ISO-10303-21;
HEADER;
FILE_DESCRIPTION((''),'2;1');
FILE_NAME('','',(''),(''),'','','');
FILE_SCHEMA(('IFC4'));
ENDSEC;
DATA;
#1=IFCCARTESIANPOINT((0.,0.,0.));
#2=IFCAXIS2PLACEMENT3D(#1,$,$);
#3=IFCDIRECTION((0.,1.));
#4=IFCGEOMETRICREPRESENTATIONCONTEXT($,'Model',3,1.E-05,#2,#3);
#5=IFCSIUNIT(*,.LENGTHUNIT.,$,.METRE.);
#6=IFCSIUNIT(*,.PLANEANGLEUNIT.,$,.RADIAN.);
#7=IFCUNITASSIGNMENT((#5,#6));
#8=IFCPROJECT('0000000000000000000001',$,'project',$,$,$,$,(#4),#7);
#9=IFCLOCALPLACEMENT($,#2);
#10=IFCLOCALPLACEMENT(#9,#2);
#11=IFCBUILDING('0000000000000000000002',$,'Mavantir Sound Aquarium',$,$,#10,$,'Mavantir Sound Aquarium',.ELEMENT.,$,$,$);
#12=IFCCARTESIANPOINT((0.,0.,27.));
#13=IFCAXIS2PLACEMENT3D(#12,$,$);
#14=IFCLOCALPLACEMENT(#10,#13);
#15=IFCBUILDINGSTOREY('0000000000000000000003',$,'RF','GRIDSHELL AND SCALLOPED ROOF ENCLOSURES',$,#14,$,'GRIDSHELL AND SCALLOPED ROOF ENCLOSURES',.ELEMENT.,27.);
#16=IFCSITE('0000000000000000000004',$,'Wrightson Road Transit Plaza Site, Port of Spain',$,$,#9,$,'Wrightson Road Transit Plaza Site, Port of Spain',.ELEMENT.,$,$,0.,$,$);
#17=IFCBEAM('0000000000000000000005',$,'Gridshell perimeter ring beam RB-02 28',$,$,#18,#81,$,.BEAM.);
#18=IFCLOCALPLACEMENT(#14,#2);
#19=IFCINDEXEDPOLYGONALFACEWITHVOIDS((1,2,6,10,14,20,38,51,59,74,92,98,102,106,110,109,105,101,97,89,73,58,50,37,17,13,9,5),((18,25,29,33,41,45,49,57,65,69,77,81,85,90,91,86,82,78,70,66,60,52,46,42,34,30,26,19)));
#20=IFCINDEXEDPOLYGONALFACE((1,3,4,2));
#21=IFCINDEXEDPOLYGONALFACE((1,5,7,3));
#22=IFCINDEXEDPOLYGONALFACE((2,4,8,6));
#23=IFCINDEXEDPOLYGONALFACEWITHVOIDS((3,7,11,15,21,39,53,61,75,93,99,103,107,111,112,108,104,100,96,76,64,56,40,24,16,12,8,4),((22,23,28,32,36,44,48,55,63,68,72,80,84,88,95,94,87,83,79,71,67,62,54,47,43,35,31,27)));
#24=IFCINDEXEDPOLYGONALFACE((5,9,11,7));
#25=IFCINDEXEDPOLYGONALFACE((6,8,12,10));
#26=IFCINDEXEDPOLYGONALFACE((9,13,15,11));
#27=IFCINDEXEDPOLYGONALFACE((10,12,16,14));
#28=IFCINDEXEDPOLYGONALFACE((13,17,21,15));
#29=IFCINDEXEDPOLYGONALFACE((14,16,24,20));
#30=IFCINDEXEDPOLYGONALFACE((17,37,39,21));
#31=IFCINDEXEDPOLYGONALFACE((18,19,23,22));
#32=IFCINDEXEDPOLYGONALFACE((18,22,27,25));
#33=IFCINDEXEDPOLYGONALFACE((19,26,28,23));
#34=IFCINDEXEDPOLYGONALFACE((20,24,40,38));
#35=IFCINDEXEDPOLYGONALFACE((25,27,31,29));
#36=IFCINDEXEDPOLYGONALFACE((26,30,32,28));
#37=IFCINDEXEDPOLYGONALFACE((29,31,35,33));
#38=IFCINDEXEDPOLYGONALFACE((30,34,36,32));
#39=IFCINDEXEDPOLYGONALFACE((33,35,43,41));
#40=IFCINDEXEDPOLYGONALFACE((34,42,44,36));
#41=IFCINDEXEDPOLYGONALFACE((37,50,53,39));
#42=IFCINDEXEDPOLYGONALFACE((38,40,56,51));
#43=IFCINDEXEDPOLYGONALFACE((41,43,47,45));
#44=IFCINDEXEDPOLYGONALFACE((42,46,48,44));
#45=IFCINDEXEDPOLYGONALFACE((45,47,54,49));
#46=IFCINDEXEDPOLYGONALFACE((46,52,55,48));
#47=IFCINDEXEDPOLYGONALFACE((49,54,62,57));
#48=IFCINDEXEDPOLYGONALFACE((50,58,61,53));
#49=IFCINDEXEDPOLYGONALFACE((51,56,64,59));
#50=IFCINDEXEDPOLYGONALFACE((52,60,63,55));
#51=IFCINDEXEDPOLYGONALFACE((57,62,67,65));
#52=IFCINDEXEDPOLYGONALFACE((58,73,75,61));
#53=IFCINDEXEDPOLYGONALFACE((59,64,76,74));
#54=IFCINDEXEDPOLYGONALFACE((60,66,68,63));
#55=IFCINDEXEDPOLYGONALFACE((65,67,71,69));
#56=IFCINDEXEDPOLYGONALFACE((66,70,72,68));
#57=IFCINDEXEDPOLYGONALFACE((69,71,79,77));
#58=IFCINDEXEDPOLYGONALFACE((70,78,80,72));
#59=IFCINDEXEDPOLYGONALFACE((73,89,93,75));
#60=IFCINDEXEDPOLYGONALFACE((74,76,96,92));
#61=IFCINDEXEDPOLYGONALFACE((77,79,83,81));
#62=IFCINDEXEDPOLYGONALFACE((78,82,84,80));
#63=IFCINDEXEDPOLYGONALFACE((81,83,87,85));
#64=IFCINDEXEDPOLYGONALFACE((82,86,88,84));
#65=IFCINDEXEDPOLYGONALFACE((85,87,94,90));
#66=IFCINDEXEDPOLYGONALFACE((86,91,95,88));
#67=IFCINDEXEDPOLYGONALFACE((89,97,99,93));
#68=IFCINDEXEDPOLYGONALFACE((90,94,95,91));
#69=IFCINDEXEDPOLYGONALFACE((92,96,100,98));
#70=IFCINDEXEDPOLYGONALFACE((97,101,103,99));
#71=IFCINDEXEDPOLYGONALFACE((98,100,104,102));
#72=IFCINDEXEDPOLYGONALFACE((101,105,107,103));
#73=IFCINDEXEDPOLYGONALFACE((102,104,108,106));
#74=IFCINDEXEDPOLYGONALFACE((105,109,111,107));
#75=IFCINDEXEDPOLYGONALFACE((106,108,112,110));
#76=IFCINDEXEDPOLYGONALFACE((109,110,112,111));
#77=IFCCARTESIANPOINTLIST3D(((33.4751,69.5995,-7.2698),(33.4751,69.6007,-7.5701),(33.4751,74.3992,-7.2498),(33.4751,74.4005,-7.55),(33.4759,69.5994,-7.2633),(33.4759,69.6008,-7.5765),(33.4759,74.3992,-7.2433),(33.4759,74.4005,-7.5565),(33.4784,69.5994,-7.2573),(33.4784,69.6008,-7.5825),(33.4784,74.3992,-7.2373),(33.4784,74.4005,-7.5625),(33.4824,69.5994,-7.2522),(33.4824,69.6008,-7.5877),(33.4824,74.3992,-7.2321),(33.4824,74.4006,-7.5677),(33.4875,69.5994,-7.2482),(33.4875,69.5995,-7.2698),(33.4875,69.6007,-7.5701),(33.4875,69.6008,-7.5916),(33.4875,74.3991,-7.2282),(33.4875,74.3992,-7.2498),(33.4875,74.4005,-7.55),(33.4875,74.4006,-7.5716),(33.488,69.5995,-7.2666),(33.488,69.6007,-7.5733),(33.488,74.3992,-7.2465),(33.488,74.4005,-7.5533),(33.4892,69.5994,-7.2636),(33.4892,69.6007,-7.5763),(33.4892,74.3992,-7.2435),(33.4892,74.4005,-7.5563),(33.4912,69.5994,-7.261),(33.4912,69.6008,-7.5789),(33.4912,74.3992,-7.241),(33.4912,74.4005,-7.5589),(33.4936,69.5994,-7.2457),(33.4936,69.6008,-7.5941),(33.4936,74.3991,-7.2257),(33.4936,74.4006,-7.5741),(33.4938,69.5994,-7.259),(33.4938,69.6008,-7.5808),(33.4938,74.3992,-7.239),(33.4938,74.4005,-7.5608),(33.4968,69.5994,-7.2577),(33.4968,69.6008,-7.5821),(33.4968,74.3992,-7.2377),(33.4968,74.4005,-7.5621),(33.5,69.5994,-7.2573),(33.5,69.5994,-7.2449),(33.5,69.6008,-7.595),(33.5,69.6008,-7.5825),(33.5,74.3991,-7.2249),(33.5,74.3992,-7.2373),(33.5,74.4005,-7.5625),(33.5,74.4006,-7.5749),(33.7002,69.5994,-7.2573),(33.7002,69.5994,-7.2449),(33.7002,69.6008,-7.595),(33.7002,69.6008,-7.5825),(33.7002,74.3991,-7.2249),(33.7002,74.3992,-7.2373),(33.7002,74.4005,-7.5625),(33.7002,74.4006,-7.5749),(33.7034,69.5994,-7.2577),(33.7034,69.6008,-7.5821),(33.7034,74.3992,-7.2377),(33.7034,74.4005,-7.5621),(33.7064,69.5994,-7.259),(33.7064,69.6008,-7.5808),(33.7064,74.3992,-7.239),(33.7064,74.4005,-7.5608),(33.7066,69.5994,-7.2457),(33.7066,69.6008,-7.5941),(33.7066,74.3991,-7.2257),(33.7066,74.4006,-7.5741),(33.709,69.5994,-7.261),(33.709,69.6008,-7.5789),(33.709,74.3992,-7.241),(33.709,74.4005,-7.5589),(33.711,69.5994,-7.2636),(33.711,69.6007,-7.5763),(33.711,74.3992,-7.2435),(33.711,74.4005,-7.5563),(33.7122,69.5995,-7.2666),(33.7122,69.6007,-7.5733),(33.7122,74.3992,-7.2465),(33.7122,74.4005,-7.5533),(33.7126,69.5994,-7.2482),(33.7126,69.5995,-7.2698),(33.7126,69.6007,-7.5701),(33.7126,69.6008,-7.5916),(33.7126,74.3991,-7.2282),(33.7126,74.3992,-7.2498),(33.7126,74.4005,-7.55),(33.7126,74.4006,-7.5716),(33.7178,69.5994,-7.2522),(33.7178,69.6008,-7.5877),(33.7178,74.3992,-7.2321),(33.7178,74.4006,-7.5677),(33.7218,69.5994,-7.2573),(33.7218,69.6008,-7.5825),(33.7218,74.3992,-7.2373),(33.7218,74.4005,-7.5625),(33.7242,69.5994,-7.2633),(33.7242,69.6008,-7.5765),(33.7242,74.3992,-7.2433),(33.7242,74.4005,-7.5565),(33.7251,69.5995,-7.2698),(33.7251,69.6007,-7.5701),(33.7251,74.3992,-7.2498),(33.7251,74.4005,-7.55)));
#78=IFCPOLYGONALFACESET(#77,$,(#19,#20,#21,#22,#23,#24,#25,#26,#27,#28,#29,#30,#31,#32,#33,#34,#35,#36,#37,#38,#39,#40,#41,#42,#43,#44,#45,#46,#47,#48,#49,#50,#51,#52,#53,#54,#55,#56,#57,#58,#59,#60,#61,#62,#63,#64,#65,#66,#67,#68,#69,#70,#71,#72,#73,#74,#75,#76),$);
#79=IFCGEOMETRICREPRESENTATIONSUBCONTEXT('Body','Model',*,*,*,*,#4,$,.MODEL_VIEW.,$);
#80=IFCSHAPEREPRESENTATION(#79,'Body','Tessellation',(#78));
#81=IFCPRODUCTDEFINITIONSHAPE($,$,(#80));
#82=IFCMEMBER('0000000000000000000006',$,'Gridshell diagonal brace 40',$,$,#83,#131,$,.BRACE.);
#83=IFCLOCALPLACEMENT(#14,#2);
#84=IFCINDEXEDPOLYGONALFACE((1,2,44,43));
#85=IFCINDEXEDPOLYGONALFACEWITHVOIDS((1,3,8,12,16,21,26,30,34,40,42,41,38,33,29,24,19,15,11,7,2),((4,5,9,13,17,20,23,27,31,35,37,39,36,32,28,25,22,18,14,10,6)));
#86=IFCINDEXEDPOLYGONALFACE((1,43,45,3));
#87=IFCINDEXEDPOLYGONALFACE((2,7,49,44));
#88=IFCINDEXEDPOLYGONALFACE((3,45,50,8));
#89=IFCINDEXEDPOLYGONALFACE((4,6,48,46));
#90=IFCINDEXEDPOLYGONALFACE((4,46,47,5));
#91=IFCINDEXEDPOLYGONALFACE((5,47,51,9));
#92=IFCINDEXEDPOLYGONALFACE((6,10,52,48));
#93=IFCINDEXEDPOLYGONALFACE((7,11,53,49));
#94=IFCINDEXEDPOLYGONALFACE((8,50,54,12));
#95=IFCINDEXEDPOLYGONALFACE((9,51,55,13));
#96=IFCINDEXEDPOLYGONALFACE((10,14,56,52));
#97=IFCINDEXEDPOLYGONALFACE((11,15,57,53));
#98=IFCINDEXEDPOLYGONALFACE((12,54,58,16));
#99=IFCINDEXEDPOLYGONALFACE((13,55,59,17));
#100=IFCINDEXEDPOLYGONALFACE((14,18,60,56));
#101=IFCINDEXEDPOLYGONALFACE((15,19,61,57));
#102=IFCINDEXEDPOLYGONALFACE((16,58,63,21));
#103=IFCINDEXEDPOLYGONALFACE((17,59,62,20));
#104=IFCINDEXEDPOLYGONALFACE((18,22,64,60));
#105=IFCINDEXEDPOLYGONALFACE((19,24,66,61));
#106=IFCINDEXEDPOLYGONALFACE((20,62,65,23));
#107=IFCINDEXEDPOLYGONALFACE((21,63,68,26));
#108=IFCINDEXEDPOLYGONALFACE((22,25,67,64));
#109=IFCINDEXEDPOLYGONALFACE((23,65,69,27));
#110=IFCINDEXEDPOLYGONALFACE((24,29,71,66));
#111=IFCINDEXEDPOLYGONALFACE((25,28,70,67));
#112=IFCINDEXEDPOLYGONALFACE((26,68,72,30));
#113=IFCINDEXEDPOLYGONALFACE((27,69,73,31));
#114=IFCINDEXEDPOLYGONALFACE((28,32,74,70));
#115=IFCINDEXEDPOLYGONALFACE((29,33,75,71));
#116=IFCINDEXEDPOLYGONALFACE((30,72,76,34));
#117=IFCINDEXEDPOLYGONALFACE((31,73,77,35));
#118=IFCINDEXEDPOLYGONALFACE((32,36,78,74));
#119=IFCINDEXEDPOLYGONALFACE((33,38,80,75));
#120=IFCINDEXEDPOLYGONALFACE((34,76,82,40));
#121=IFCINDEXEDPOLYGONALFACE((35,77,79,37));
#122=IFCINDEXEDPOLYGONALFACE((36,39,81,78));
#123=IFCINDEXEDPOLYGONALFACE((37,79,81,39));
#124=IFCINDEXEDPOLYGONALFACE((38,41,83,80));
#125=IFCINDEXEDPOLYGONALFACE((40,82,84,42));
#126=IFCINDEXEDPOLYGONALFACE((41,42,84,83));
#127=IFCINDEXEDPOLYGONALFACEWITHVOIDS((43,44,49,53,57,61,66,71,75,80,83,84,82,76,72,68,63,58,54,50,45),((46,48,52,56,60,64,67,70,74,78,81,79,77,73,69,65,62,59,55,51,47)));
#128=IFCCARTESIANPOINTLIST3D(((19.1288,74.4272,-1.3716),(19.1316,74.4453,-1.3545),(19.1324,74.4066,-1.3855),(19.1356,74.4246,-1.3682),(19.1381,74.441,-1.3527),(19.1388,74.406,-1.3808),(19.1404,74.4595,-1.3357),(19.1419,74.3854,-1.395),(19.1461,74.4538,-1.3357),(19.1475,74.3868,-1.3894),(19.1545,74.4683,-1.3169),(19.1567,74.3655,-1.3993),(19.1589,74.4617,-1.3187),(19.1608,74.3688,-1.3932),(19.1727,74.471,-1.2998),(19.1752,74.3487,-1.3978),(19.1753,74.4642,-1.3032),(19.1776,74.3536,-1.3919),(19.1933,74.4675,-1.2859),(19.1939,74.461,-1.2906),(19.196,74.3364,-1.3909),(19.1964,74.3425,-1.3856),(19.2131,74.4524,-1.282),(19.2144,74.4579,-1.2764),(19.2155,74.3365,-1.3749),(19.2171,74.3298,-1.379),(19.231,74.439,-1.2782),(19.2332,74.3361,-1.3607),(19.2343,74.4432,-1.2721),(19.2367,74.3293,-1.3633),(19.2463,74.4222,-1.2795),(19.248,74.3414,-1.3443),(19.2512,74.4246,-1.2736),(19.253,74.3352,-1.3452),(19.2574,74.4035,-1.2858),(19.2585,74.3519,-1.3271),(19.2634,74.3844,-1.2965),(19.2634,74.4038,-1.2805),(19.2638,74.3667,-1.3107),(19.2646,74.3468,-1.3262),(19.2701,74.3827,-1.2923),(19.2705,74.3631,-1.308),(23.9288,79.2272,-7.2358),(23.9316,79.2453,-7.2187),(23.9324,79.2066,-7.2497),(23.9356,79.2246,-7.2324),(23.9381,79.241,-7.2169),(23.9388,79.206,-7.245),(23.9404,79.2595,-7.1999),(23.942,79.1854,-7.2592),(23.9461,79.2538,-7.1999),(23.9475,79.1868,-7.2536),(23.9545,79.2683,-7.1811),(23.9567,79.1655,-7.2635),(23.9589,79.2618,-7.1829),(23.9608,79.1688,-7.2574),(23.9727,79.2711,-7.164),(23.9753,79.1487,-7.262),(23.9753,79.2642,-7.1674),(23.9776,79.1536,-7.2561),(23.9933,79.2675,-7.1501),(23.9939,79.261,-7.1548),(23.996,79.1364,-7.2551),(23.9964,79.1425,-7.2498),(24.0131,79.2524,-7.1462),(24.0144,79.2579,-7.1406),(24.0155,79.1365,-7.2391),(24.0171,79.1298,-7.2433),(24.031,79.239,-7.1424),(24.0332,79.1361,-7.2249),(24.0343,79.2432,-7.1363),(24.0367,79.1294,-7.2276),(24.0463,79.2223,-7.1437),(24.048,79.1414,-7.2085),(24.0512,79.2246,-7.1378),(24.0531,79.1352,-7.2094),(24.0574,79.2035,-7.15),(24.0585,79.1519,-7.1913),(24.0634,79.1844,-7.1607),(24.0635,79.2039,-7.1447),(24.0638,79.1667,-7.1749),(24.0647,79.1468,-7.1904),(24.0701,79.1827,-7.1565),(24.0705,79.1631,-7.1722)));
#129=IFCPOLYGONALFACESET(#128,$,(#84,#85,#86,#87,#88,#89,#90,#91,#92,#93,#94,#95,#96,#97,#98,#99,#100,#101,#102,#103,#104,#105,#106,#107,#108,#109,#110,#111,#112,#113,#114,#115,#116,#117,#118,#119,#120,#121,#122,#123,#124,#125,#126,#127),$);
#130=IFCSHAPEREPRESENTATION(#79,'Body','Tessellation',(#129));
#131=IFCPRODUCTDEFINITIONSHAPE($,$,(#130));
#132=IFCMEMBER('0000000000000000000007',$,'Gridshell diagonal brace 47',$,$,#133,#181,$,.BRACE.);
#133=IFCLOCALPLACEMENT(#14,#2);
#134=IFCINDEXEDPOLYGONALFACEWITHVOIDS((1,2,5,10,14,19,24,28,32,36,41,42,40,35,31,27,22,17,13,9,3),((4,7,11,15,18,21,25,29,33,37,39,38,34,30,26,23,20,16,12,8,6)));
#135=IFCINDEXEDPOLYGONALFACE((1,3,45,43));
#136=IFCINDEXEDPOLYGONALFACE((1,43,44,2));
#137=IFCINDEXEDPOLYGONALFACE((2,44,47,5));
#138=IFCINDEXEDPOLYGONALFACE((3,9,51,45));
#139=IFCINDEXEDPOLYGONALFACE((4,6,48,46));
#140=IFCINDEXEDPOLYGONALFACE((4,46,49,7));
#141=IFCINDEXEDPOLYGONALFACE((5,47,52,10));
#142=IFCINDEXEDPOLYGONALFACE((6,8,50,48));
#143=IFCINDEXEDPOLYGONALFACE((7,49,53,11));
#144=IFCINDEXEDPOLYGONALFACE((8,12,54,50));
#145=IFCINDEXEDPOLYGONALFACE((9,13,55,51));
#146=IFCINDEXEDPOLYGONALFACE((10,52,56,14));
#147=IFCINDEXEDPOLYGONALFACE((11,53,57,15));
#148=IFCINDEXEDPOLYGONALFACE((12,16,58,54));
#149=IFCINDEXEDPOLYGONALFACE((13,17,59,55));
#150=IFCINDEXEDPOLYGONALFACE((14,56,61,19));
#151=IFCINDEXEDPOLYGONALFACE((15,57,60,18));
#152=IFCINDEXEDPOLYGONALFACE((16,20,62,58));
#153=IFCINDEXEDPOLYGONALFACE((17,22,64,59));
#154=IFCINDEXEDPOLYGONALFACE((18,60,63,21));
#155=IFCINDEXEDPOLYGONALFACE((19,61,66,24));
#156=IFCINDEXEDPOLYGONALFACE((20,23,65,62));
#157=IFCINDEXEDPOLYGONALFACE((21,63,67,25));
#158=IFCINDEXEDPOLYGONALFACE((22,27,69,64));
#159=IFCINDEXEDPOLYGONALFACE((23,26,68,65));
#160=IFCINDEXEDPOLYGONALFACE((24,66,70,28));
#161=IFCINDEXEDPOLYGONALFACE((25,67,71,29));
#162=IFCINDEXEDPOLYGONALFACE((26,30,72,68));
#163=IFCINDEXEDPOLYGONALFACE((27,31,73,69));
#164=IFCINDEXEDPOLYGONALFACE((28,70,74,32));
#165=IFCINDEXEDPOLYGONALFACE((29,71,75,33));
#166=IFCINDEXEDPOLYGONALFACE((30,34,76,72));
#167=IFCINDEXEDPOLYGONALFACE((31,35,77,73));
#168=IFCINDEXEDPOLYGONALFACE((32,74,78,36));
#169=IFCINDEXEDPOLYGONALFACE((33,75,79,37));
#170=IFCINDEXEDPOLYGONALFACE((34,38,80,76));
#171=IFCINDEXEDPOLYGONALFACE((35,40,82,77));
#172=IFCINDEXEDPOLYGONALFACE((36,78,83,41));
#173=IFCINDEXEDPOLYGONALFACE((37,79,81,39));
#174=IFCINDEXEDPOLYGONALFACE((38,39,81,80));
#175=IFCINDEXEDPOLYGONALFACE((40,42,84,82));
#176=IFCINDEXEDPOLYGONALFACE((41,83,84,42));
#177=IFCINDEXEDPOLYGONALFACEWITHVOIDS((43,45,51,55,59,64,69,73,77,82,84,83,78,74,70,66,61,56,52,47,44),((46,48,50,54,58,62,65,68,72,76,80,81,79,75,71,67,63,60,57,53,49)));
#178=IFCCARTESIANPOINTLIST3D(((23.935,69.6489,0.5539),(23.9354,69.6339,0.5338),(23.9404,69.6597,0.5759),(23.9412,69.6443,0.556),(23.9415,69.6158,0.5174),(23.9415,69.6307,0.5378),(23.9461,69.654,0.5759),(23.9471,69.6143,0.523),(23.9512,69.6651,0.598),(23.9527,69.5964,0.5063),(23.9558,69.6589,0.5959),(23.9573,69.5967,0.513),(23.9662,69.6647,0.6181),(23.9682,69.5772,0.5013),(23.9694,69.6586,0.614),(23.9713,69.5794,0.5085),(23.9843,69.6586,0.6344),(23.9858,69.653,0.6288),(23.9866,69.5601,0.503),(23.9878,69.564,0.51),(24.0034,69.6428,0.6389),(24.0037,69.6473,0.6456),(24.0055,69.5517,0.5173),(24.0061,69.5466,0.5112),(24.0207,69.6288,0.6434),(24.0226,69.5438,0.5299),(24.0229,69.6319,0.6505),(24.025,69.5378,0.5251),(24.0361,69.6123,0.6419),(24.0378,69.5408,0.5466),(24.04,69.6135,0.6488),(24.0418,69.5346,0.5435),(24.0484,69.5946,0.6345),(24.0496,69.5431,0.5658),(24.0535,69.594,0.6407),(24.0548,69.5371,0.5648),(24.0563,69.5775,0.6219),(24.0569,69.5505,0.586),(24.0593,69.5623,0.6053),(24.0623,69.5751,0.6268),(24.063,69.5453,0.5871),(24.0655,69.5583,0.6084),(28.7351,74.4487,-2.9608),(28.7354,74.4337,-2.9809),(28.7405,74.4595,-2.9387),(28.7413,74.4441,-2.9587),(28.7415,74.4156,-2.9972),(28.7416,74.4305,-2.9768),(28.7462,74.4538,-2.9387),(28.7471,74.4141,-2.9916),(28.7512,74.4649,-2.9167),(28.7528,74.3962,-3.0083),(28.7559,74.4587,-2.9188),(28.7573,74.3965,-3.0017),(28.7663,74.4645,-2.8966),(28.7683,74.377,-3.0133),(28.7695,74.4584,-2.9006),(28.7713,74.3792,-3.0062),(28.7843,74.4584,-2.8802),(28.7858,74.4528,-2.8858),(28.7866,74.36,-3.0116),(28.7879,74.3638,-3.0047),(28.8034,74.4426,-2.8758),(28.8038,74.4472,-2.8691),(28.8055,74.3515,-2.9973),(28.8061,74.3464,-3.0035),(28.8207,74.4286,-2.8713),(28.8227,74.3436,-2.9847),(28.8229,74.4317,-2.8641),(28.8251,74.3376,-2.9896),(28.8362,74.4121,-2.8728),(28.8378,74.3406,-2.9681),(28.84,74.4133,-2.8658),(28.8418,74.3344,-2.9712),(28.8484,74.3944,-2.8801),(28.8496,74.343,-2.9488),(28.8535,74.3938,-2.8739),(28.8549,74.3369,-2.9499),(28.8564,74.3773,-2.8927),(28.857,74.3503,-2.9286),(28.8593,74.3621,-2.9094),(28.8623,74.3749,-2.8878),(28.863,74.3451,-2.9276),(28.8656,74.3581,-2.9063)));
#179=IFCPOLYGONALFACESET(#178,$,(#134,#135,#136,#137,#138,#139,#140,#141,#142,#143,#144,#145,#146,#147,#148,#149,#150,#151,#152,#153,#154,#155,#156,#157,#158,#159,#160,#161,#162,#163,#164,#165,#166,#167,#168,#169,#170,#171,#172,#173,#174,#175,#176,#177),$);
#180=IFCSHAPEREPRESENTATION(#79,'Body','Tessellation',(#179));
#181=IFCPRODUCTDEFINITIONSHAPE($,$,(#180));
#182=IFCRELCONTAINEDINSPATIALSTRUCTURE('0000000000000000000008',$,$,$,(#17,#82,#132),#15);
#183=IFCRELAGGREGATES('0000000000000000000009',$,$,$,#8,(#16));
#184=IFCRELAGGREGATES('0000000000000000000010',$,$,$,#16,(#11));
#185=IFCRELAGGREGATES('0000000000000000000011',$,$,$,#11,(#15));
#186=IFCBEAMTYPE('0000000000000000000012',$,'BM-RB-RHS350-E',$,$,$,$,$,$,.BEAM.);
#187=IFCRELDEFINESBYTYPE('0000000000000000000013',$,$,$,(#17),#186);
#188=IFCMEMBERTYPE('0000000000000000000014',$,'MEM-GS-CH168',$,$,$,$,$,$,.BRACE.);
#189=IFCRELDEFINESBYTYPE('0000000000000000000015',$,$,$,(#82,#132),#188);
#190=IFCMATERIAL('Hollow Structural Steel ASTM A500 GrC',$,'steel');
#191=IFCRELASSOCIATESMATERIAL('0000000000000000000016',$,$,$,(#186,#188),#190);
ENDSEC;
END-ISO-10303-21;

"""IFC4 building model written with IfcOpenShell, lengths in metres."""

from ifc_helpers import new_model, si_unit, direction, frame, origin, origin_2d, place, context, subcontext, project, spatial, hollow_rectangle, hollow_circle, extrude, material, material_profile, profile_set, type_object, element, save


model = new_model("IFC4")

# Units and contexts
model_context = context("Model", 3, precision=1e-05, world=origin(), true_north=direction((0.0, 1.0)))
body_context = subcontext(model_context, "Body", "Model", "MODEL_VIEW")
ifc_project = project(units=[si_unit("LENGTHUNIT", "METRE"), si_unit("PLANEANGLEUNIT", "RADIAN")], contexts=[model_context])

# Site, building, storey
site_placement = place(None, origin())
site = spatial("IfcSite", under=ifc_project, at=site_placement, Name="Wrightson Road Transit Plaza Site, Port of Spain", LongName="Wrightson Road Transit Plaza Site, Port of Spain", CompositionType="ELEMENT", RefElevation=0.0)
building_placement = place(site_placement, origin())
building = spatial("IfcBuilding", under=site, at=building_placement, Name="Mavantir Sound Aquarium", LongName="Mavantir Sound Aquarium", CompositionType="ELEMENT")
storey_placement = place(building_placement, frame((0.0, 0.0, 27.0)))
storey = spatial("IfcBuildingStorey", under=building, at=storey_placement, Name="RF", Description="GRIDSHELL AND SCALLOPED ROOF ENCLOSURES", LongName="GRIDSHELL AND SCALLOPED ROOF ENCLOSURES", CompositionType="ELEMENT", Elevation=27.0)

# Beam
ifc_material_1 = material(Name="Hollow Structural Steel ASTM A500 GrC", Category="steel")
ifc_material_profile_1 = material_profile(ifc_material_1, hollow_rectangle(XDim=0.25, YDim=0.3501, WallThickness=0.0125, InnerFilletRadius=0.0125, OuterFilletRadius=0.0249, at=origin_2d()), Name="RHS 350X250X12.5")
ifc_profile_set_1 = profile_set([ifc_material_profile_1], Name="Hollow Structural Steel ASTM A500 GrC")
beam_type = type_object("IfcBeamType", Name="BM-RB-RHS350-E", PredefinedType="BEAM", material=ifc_profile_set_1)
beam_placement = place(storey_placement, frame((33.6001, 69.6001, -7.4199), z_axis=(0.0, 0.999991, 0.004171), x_axis=(-1.0, 0.0, 0.0)))
element("IfcBeam", 1, at=beam_placement, inside=storey, type_object=beam_type, Name="Gridshell perimeter ring beam RB-02 28", PredefinedType="BEAM", context=body_context, shape_type="SweptSolid", body=[
    extrude(hollow_rectangle(XDim=0.25, YDim=0.3501, WallThickness=0.0125, InnerFilletRadius=0.0125, OuterFilletRadius=0.0249, at=origin_2d()), origin(), (0.0, 0.0, 1.0), 4.7998),
])

# Members
ifc_material_profile_2 = material_profile(ifc_material_1, hollow_circle(Radius=0.0842, WallThickness=0.0081, at=origin_2d()), Name="CHS 168.3X8")
ifc_profile_set_2 = profile_set([ifc_material_profile_2], Name="Hollow Structural Steel ASTM A500 GrC")
member_type_1 = type_object("IfcMemberType", Name="MEM-GS-CH168", PredefinedType="BRACE", material=ifc_profile_set_2)
member_1_placement = place(storey_placement, frame((19.2, 74.3999, -1.3357), z_axis=(0.535091, 0.535091, -0.653725), x_axis=(-0.707107, 0.707107, 0.0)))
element("IfcMember", 2, at=member_1_placement, inside=storey, type_object=member_type_1, Name="Gridshell diagonal brace 40", PredefinedType="BRACE", context=body_context, shape_type="SweptSolid", body=[
    extrude(hollow_circle(Radius=0.0842, WallThickness=0.0081, at=origin_2d()), origin(), (0.0, 0.0, 1.0), 8.9705),
])
member_2_placement = place(storey_placement, frame((24.0, 69.6001, 0.5759), z_axis=(0.627947, 0.627915, -0.459789), x_axis=(-0.707089, 0.707125, 0.0)))
element("IfcMember", 3, at=member_2_placement, inside=storey, type_object=member_type_1, Name="Gridshell diagonal brace 47", PredefinedType="BRACE", context=body_context, shape_type="SweptSolid", body=[
    extrude(hollow_circle(Radius=0.0842, WallThickness=0.0081, at=origin_2d()), origin(), (0.0, 0.0, 1.0), 7.644),
])

save(model, "model.ifc")
